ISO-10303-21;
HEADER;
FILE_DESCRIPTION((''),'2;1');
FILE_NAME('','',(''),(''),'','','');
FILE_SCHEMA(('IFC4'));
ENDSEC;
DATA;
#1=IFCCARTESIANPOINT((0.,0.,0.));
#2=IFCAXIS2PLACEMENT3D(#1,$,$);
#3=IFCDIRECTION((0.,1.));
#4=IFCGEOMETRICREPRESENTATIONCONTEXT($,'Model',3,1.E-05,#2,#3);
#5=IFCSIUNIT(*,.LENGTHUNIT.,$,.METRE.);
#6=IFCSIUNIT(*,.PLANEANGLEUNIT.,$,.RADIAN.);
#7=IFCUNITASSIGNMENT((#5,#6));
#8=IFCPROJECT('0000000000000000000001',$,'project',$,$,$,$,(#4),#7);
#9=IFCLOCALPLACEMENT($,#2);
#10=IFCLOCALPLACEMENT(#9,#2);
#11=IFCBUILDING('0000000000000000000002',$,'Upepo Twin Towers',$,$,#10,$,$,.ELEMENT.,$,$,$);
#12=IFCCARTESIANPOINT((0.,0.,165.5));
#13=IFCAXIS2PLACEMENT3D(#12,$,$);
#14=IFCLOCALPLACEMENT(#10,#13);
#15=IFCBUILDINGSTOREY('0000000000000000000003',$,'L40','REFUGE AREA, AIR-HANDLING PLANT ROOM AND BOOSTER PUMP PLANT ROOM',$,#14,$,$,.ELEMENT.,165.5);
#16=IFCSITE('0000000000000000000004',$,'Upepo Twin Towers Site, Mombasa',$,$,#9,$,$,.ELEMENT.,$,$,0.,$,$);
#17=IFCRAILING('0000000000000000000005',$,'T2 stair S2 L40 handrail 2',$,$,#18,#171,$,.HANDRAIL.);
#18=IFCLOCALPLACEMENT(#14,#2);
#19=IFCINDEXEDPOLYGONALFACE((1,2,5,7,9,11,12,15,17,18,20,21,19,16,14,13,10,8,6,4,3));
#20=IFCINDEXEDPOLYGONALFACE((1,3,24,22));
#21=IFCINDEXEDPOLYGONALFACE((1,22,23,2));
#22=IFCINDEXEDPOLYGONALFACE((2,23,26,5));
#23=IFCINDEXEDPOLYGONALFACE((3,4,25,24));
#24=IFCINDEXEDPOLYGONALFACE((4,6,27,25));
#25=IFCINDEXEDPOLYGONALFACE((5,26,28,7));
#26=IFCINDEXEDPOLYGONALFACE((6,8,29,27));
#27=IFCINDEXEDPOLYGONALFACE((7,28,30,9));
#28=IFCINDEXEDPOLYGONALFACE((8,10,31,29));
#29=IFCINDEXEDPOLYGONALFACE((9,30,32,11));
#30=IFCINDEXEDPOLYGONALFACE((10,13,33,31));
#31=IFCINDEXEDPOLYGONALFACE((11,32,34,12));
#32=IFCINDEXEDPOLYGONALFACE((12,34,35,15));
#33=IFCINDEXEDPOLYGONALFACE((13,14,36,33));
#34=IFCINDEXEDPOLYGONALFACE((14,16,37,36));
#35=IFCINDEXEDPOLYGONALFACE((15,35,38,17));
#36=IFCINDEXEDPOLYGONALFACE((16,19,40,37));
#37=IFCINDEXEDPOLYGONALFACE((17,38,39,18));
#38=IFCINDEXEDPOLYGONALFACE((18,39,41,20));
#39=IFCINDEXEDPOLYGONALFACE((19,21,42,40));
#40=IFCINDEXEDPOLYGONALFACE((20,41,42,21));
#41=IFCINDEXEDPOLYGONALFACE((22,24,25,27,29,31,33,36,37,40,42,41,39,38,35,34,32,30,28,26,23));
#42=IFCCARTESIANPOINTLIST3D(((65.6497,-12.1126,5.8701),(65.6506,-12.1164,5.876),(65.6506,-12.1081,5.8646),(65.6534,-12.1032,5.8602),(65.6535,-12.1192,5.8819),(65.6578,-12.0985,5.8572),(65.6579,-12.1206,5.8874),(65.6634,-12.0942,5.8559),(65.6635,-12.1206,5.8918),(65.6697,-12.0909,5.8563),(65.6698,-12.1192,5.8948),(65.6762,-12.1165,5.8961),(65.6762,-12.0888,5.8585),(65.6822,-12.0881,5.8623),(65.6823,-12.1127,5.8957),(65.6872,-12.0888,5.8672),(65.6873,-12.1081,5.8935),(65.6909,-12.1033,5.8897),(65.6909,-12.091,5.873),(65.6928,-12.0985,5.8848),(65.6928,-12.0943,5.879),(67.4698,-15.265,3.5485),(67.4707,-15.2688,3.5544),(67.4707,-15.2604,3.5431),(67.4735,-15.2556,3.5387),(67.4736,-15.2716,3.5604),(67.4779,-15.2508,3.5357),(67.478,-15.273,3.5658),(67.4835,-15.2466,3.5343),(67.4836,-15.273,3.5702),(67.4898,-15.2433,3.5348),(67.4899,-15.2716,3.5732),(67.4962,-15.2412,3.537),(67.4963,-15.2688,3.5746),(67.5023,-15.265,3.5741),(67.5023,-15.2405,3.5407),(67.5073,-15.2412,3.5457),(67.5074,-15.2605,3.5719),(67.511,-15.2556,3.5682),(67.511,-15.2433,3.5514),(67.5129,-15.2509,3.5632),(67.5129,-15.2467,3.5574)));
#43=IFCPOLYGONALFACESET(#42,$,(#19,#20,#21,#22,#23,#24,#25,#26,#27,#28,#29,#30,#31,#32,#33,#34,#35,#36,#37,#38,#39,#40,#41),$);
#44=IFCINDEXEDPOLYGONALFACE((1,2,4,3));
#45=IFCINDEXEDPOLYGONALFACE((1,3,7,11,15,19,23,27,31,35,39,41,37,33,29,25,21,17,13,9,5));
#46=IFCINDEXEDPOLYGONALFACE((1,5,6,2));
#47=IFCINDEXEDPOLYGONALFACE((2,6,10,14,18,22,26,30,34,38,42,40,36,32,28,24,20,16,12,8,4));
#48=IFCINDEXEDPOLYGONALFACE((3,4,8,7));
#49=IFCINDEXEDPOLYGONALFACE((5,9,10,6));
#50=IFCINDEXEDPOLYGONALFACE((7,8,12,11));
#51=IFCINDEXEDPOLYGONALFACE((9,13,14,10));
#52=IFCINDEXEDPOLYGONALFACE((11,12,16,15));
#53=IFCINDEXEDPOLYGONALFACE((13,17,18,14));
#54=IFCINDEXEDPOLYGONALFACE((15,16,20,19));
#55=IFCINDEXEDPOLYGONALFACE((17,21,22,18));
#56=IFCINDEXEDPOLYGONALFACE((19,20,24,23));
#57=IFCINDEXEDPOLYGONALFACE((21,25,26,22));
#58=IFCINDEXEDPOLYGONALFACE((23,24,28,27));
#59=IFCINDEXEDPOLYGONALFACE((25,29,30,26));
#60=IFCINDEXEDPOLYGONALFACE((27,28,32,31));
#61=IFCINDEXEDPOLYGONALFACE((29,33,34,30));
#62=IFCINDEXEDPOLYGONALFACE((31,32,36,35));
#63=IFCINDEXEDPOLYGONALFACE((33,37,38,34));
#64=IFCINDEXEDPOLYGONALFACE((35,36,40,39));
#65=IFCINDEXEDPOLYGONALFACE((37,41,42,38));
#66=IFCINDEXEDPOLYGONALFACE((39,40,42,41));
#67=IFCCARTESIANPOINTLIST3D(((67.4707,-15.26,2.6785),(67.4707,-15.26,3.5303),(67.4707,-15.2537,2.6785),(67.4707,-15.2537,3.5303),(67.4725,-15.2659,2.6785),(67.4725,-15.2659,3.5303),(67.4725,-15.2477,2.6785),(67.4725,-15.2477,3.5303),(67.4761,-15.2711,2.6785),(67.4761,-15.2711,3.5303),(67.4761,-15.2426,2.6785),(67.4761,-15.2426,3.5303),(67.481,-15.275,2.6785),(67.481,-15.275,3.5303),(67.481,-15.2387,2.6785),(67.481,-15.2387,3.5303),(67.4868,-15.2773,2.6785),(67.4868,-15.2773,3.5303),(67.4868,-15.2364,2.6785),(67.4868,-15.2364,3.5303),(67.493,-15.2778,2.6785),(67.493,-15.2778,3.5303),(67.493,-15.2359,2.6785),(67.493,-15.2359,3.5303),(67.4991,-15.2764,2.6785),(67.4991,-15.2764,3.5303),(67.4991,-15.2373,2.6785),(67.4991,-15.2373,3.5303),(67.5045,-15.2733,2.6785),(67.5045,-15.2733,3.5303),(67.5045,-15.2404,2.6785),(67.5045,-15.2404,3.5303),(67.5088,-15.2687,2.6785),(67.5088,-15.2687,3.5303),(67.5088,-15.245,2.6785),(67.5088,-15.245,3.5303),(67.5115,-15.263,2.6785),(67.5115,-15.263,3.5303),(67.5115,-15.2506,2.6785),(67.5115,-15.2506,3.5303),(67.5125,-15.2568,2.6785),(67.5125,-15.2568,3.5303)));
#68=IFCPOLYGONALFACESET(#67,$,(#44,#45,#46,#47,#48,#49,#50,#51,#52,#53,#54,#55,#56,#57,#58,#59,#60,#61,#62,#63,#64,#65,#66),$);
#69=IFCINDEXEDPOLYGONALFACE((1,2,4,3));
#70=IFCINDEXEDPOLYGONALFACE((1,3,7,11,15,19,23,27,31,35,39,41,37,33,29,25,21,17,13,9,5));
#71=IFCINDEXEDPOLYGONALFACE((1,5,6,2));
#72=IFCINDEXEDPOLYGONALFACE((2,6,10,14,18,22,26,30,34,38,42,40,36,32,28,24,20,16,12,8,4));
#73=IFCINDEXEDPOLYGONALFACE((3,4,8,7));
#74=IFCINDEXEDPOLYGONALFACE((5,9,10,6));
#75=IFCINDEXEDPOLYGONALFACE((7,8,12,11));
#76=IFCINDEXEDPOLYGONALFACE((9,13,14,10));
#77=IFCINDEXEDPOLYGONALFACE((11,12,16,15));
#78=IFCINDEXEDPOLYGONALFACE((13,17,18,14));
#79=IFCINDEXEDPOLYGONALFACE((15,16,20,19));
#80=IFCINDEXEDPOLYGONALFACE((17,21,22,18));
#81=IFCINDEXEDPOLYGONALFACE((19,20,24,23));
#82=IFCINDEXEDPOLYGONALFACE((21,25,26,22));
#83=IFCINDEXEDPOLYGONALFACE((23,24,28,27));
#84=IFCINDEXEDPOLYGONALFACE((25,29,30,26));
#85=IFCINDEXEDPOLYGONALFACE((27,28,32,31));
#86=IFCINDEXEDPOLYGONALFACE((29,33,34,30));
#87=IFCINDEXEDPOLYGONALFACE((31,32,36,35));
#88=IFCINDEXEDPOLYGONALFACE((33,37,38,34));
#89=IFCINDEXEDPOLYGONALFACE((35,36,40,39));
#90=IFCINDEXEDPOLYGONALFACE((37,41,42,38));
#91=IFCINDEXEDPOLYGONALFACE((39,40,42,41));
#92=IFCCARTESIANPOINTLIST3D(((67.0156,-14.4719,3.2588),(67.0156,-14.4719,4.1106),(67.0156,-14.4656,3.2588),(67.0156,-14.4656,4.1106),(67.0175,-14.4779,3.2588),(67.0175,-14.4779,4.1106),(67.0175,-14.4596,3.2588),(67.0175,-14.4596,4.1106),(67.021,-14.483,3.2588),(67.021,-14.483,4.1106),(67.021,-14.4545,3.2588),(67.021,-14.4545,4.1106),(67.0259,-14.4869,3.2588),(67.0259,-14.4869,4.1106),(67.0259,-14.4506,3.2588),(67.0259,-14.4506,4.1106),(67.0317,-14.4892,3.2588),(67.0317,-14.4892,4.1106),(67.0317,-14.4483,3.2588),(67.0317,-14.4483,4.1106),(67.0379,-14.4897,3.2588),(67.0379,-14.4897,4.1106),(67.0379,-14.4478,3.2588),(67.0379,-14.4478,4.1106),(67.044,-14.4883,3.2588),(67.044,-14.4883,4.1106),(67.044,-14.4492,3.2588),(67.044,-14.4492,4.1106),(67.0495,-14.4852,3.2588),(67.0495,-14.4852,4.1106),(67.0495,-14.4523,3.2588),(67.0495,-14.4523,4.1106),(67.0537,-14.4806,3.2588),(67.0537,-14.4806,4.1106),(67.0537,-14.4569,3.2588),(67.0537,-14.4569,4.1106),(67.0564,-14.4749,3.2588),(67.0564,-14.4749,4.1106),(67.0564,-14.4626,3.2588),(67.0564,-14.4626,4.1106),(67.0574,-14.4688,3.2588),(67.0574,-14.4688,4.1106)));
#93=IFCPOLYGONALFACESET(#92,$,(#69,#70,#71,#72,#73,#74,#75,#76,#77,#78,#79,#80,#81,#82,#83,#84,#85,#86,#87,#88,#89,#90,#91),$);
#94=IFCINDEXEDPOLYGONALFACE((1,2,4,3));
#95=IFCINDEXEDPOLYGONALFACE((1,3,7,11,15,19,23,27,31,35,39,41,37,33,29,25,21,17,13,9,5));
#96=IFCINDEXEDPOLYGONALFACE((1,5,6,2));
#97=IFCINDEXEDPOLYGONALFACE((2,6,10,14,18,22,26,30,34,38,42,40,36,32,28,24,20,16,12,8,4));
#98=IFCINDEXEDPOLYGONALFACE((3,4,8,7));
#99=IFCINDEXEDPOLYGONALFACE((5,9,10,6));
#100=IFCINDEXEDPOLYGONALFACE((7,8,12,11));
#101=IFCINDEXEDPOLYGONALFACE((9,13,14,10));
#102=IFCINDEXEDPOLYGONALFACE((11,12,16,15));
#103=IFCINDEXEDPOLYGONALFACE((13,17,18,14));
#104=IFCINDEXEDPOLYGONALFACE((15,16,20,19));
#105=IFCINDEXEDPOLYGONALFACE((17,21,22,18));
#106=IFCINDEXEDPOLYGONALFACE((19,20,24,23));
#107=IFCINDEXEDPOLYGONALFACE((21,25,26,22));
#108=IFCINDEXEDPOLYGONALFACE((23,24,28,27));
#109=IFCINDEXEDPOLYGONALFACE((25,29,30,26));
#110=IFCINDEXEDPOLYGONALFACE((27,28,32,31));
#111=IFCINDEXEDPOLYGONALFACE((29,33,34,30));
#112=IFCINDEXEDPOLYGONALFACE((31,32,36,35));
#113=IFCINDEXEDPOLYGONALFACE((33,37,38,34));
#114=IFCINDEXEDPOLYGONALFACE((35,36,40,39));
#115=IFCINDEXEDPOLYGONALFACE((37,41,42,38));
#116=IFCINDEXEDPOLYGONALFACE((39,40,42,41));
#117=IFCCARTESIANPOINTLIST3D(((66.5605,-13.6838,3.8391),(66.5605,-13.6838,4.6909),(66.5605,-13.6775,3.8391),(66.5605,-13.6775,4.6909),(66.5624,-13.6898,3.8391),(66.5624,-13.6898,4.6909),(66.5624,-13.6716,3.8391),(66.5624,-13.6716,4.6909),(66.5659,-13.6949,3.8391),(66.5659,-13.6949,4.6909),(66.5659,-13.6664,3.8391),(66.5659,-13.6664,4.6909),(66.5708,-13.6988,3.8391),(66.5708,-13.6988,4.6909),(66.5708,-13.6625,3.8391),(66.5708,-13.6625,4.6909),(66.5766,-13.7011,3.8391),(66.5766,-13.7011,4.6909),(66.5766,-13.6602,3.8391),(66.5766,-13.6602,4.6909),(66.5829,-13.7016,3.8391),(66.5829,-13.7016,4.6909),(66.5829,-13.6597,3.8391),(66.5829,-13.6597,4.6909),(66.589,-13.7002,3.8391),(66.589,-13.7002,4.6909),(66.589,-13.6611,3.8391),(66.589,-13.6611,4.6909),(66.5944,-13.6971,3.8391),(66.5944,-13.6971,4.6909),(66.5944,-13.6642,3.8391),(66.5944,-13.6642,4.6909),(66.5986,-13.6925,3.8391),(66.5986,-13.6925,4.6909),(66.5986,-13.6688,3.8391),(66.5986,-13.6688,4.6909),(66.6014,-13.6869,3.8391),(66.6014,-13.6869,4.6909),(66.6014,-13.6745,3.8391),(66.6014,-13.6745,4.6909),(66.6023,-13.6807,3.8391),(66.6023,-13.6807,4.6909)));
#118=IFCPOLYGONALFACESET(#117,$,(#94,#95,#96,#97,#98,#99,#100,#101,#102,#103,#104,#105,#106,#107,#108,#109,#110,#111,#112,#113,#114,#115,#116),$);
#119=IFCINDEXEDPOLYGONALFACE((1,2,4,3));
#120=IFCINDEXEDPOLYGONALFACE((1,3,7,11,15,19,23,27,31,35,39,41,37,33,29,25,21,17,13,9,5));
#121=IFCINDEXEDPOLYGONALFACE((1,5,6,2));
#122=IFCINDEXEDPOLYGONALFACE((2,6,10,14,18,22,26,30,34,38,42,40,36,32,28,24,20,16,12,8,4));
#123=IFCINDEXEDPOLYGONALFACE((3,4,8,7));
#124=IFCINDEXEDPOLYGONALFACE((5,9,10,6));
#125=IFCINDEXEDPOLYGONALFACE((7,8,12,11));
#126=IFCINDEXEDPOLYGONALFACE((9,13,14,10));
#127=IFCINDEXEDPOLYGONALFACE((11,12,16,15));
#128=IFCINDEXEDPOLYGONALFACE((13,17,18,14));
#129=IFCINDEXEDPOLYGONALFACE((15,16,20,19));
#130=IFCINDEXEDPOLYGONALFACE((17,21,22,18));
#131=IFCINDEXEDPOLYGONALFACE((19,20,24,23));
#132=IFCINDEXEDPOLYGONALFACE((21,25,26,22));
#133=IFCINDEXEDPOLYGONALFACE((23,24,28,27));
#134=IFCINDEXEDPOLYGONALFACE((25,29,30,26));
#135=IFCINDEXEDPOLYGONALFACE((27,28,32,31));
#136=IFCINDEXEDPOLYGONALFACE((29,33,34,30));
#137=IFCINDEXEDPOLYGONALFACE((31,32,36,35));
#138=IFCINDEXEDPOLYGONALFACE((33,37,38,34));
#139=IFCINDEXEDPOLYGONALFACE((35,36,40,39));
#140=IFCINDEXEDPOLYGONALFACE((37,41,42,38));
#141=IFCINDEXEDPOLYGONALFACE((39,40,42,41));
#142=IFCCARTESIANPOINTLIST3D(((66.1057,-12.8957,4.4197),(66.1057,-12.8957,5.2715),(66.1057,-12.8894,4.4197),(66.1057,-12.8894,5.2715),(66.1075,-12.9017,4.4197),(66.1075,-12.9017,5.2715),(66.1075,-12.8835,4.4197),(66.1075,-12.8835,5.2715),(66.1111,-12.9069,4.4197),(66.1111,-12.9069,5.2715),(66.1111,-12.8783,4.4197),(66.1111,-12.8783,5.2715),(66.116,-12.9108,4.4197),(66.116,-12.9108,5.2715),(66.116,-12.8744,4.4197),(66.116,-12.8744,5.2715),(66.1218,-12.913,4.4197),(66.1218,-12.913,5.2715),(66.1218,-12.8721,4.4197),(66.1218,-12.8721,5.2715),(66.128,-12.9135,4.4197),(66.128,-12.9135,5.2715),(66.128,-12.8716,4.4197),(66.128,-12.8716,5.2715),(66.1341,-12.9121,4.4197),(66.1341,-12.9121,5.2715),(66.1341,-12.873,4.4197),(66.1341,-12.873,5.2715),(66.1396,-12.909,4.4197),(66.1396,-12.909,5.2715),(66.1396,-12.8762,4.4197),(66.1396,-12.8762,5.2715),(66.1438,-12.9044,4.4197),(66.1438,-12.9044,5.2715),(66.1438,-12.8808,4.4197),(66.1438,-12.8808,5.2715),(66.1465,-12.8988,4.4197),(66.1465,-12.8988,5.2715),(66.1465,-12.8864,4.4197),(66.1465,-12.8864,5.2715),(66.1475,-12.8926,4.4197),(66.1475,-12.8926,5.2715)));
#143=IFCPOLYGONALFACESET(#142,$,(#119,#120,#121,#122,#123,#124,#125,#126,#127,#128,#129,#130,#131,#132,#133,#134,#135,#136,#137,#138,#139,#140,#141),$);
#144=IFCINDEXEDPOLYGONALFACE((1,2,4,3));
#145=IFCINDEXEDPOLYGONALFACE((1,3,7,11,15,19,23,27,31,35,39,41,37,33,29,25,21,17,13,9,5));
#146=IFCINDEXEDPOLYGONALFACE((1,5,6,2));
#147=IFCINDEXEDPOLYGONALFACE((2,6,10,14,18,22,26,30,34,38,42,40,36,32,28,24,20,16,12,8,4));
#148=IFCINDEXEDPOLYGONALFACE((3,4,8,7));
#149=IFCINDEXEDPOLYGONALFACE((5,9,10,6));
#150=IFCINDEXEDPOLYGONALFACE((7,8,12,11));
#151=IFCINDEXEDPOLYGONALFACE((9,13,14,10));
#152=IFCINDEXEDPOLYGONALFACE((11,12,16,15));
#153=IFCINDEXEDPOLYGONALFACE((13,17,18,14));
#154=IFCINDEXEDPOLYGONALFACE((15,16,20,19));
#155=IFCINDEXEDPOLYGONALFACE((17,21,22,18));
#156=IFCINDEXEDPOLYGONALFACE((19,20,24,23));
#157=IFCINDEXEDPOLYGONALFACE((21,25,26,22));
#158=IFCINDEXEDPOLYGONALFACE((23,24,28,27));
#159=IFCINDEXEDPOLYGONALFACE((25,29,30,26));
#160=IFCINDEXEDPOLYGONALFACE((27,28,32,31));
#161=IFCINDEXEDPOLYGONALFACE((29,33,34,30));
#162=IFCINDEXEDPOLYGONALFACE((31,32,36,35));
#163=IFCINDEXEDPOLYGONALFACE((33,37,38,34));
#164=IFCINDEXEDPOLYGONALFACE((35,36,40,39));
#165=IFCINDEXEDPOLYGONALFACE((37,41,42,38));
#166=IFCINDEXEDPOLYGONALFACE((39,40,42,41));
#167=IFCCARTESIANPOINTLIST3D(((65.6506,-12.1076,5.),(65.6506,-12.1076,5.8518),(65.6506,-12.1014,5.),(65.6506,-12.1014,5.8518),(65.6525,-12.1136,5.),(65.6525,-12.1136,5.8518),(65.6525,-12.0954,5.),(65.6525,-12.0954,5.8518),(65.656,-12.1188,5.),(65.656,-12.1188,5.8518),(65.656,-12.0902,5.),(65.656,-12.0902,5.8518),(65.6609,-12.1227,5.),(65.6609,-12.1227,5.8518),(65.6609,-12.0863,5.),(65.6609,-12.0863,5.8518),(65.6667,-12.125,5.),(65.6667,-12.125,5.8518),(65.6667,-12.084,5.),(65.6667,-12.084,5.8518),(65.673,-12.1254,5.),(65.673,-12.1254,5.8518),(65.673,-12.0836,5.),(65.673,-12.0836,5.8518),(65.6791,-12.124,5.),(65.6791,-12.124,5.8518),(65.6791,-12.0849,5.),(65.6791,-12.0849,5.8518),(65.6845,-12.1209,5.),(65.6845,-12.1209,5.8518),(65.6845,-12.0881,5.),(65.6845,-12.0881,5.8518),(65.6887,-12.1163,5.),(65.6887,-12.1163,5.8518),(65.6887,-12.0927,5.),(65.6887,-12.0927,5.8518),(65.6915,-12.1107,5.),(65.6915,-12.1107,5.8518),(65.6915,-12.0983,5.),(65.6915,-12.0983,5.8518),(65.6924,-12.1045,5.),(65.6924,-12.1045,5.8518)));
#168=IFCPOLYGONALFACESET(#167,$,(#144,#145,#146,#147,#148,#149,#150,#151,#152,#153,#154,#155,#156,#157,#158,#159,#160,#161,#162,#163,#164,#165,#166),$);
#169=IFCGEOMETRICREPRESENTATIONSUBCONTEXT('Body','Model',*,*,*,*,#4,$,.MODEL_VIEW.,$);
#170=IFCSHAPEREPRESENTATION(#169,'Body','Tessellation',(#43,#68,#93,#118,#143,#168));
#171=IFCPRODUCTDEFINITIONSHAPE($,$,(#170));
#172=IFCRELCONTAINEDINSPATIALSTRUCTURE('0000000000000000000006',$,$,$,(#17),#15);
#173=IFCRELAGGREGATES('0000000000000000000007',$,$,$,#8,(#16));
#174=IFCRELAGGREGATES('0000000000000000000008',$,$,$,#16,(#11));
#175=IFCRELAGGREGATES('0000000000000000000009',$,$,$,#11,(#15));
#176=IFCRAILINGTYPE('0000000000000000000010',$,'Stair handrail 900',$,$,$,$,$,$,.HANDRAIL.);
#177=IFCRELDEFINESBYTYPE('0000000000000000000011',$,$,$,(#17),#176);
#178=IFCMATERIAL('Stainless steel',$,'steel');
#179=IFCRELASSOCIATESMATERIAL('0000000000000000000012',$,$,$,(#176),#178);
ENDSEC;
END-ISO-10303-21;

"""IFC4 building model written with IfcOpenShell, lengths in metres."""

from ifc_helpers import new_model, si_unit, direction, frame, origin, origin_2d, place, context, subcontext, project, spatial, circle, extrude, material, type_object, element, save


model = new_model("IFC4")

# Units and contexts
model_context = context("Model", 3, precision=1e-05, world=origin(), true_north=direction((0.0, 1.0)))
body_context = subcontext(model_context, "Body", "Model", "MODEL_VIEW")
ifc_project = project(units=[si_unit("LENGTHUNIT", "METRE"), si_unit("PLANEANGLEUNIT", "RADIAN")], contexts=[model_context])

# Site, building, storey
site_placement = place(None, origin())
site = spatial("IfcSite", under=ifc_project, at=site_placement, Name="Upepo Twin Towers Site, Mombasa", CompositionType="ELEMENT", RefElevation=0.0)
building_placement = place(site_placement, origin())
building = spatial("IfcBuilding", under=site, at=building_placement, Name="Upepo Twin Towers", CompositionType="ELEMENT")
storey_placement = place(building_placement, frame((0.0, 0.0, 165.5)))
storey = spatial("IfcBuildingStorey", under=building, at=storey_placement, Name="L40", Description="REFUGE AREA, AIR-HANDLING PLANT ROOM AND BOOSTER PUMP PLANT ROOM", CompositionType="ELEMENT", Elevation=165.5)

# Railing
ifc_material_1 = material(Name="Stainless steel", Category="steel")
railing_type_1 = type_object("IfcRailingType", Name="Stair handrail 900", PredefinedType="HANDRAIL", material=ifc_material_1)
railing_1_placement = place(storey_placement, frame((67.4915, -15.2568, 2.6785)))
element("IfcRailing", 1, at=railing_1_placement, inside=storey, type_object=railing_type_1, Name="T2 stair S2 L40 handrail 2", PredefinedType="HANDRAIL", context=body_context, shape_type="SweptSolid", body=[
    extrude(circle(Radius=0.0239, at=origin_2d()), frame((0.0, 0.0, 0.876), z_axis=(-0.421572, 0.730159, 0.537723), x_axis=(-0.866018, -0.500013, 0.0)), (0.0, 0.0, 1.0), 4.3174),
    extrude(circle(Radius=0.021, at=origin_2d()), origin(), (0.0, 0.0, 1.0), 0.8518),
    extrude(circle(Radius=0.021, at=origin_2d()), frame((-0.4551, 0.7881, 0.5803)), (0.0, 0.0, 1.0), 0.8518),
    extrude(circle(Radius=0.021, at=origin_2d()), frame((-0.9102, 1.5762, 1.1606)), (0.0, 0.0, 1.0), 0.8518),
    extrude(circle(Radius=0.021, at=origin_2d()), frame((-1.365, 2.3643, 1.7412)), (0.0, 0.0, 1.0), 0.8518),
    extrude(circle(Radius=0.021, at=origin_2d()), frame((-1.8201, 3.1523, 2.3215)), (0.0, 0.0, 1.0), 0.8518),
])

save(model, "model.ifc")
